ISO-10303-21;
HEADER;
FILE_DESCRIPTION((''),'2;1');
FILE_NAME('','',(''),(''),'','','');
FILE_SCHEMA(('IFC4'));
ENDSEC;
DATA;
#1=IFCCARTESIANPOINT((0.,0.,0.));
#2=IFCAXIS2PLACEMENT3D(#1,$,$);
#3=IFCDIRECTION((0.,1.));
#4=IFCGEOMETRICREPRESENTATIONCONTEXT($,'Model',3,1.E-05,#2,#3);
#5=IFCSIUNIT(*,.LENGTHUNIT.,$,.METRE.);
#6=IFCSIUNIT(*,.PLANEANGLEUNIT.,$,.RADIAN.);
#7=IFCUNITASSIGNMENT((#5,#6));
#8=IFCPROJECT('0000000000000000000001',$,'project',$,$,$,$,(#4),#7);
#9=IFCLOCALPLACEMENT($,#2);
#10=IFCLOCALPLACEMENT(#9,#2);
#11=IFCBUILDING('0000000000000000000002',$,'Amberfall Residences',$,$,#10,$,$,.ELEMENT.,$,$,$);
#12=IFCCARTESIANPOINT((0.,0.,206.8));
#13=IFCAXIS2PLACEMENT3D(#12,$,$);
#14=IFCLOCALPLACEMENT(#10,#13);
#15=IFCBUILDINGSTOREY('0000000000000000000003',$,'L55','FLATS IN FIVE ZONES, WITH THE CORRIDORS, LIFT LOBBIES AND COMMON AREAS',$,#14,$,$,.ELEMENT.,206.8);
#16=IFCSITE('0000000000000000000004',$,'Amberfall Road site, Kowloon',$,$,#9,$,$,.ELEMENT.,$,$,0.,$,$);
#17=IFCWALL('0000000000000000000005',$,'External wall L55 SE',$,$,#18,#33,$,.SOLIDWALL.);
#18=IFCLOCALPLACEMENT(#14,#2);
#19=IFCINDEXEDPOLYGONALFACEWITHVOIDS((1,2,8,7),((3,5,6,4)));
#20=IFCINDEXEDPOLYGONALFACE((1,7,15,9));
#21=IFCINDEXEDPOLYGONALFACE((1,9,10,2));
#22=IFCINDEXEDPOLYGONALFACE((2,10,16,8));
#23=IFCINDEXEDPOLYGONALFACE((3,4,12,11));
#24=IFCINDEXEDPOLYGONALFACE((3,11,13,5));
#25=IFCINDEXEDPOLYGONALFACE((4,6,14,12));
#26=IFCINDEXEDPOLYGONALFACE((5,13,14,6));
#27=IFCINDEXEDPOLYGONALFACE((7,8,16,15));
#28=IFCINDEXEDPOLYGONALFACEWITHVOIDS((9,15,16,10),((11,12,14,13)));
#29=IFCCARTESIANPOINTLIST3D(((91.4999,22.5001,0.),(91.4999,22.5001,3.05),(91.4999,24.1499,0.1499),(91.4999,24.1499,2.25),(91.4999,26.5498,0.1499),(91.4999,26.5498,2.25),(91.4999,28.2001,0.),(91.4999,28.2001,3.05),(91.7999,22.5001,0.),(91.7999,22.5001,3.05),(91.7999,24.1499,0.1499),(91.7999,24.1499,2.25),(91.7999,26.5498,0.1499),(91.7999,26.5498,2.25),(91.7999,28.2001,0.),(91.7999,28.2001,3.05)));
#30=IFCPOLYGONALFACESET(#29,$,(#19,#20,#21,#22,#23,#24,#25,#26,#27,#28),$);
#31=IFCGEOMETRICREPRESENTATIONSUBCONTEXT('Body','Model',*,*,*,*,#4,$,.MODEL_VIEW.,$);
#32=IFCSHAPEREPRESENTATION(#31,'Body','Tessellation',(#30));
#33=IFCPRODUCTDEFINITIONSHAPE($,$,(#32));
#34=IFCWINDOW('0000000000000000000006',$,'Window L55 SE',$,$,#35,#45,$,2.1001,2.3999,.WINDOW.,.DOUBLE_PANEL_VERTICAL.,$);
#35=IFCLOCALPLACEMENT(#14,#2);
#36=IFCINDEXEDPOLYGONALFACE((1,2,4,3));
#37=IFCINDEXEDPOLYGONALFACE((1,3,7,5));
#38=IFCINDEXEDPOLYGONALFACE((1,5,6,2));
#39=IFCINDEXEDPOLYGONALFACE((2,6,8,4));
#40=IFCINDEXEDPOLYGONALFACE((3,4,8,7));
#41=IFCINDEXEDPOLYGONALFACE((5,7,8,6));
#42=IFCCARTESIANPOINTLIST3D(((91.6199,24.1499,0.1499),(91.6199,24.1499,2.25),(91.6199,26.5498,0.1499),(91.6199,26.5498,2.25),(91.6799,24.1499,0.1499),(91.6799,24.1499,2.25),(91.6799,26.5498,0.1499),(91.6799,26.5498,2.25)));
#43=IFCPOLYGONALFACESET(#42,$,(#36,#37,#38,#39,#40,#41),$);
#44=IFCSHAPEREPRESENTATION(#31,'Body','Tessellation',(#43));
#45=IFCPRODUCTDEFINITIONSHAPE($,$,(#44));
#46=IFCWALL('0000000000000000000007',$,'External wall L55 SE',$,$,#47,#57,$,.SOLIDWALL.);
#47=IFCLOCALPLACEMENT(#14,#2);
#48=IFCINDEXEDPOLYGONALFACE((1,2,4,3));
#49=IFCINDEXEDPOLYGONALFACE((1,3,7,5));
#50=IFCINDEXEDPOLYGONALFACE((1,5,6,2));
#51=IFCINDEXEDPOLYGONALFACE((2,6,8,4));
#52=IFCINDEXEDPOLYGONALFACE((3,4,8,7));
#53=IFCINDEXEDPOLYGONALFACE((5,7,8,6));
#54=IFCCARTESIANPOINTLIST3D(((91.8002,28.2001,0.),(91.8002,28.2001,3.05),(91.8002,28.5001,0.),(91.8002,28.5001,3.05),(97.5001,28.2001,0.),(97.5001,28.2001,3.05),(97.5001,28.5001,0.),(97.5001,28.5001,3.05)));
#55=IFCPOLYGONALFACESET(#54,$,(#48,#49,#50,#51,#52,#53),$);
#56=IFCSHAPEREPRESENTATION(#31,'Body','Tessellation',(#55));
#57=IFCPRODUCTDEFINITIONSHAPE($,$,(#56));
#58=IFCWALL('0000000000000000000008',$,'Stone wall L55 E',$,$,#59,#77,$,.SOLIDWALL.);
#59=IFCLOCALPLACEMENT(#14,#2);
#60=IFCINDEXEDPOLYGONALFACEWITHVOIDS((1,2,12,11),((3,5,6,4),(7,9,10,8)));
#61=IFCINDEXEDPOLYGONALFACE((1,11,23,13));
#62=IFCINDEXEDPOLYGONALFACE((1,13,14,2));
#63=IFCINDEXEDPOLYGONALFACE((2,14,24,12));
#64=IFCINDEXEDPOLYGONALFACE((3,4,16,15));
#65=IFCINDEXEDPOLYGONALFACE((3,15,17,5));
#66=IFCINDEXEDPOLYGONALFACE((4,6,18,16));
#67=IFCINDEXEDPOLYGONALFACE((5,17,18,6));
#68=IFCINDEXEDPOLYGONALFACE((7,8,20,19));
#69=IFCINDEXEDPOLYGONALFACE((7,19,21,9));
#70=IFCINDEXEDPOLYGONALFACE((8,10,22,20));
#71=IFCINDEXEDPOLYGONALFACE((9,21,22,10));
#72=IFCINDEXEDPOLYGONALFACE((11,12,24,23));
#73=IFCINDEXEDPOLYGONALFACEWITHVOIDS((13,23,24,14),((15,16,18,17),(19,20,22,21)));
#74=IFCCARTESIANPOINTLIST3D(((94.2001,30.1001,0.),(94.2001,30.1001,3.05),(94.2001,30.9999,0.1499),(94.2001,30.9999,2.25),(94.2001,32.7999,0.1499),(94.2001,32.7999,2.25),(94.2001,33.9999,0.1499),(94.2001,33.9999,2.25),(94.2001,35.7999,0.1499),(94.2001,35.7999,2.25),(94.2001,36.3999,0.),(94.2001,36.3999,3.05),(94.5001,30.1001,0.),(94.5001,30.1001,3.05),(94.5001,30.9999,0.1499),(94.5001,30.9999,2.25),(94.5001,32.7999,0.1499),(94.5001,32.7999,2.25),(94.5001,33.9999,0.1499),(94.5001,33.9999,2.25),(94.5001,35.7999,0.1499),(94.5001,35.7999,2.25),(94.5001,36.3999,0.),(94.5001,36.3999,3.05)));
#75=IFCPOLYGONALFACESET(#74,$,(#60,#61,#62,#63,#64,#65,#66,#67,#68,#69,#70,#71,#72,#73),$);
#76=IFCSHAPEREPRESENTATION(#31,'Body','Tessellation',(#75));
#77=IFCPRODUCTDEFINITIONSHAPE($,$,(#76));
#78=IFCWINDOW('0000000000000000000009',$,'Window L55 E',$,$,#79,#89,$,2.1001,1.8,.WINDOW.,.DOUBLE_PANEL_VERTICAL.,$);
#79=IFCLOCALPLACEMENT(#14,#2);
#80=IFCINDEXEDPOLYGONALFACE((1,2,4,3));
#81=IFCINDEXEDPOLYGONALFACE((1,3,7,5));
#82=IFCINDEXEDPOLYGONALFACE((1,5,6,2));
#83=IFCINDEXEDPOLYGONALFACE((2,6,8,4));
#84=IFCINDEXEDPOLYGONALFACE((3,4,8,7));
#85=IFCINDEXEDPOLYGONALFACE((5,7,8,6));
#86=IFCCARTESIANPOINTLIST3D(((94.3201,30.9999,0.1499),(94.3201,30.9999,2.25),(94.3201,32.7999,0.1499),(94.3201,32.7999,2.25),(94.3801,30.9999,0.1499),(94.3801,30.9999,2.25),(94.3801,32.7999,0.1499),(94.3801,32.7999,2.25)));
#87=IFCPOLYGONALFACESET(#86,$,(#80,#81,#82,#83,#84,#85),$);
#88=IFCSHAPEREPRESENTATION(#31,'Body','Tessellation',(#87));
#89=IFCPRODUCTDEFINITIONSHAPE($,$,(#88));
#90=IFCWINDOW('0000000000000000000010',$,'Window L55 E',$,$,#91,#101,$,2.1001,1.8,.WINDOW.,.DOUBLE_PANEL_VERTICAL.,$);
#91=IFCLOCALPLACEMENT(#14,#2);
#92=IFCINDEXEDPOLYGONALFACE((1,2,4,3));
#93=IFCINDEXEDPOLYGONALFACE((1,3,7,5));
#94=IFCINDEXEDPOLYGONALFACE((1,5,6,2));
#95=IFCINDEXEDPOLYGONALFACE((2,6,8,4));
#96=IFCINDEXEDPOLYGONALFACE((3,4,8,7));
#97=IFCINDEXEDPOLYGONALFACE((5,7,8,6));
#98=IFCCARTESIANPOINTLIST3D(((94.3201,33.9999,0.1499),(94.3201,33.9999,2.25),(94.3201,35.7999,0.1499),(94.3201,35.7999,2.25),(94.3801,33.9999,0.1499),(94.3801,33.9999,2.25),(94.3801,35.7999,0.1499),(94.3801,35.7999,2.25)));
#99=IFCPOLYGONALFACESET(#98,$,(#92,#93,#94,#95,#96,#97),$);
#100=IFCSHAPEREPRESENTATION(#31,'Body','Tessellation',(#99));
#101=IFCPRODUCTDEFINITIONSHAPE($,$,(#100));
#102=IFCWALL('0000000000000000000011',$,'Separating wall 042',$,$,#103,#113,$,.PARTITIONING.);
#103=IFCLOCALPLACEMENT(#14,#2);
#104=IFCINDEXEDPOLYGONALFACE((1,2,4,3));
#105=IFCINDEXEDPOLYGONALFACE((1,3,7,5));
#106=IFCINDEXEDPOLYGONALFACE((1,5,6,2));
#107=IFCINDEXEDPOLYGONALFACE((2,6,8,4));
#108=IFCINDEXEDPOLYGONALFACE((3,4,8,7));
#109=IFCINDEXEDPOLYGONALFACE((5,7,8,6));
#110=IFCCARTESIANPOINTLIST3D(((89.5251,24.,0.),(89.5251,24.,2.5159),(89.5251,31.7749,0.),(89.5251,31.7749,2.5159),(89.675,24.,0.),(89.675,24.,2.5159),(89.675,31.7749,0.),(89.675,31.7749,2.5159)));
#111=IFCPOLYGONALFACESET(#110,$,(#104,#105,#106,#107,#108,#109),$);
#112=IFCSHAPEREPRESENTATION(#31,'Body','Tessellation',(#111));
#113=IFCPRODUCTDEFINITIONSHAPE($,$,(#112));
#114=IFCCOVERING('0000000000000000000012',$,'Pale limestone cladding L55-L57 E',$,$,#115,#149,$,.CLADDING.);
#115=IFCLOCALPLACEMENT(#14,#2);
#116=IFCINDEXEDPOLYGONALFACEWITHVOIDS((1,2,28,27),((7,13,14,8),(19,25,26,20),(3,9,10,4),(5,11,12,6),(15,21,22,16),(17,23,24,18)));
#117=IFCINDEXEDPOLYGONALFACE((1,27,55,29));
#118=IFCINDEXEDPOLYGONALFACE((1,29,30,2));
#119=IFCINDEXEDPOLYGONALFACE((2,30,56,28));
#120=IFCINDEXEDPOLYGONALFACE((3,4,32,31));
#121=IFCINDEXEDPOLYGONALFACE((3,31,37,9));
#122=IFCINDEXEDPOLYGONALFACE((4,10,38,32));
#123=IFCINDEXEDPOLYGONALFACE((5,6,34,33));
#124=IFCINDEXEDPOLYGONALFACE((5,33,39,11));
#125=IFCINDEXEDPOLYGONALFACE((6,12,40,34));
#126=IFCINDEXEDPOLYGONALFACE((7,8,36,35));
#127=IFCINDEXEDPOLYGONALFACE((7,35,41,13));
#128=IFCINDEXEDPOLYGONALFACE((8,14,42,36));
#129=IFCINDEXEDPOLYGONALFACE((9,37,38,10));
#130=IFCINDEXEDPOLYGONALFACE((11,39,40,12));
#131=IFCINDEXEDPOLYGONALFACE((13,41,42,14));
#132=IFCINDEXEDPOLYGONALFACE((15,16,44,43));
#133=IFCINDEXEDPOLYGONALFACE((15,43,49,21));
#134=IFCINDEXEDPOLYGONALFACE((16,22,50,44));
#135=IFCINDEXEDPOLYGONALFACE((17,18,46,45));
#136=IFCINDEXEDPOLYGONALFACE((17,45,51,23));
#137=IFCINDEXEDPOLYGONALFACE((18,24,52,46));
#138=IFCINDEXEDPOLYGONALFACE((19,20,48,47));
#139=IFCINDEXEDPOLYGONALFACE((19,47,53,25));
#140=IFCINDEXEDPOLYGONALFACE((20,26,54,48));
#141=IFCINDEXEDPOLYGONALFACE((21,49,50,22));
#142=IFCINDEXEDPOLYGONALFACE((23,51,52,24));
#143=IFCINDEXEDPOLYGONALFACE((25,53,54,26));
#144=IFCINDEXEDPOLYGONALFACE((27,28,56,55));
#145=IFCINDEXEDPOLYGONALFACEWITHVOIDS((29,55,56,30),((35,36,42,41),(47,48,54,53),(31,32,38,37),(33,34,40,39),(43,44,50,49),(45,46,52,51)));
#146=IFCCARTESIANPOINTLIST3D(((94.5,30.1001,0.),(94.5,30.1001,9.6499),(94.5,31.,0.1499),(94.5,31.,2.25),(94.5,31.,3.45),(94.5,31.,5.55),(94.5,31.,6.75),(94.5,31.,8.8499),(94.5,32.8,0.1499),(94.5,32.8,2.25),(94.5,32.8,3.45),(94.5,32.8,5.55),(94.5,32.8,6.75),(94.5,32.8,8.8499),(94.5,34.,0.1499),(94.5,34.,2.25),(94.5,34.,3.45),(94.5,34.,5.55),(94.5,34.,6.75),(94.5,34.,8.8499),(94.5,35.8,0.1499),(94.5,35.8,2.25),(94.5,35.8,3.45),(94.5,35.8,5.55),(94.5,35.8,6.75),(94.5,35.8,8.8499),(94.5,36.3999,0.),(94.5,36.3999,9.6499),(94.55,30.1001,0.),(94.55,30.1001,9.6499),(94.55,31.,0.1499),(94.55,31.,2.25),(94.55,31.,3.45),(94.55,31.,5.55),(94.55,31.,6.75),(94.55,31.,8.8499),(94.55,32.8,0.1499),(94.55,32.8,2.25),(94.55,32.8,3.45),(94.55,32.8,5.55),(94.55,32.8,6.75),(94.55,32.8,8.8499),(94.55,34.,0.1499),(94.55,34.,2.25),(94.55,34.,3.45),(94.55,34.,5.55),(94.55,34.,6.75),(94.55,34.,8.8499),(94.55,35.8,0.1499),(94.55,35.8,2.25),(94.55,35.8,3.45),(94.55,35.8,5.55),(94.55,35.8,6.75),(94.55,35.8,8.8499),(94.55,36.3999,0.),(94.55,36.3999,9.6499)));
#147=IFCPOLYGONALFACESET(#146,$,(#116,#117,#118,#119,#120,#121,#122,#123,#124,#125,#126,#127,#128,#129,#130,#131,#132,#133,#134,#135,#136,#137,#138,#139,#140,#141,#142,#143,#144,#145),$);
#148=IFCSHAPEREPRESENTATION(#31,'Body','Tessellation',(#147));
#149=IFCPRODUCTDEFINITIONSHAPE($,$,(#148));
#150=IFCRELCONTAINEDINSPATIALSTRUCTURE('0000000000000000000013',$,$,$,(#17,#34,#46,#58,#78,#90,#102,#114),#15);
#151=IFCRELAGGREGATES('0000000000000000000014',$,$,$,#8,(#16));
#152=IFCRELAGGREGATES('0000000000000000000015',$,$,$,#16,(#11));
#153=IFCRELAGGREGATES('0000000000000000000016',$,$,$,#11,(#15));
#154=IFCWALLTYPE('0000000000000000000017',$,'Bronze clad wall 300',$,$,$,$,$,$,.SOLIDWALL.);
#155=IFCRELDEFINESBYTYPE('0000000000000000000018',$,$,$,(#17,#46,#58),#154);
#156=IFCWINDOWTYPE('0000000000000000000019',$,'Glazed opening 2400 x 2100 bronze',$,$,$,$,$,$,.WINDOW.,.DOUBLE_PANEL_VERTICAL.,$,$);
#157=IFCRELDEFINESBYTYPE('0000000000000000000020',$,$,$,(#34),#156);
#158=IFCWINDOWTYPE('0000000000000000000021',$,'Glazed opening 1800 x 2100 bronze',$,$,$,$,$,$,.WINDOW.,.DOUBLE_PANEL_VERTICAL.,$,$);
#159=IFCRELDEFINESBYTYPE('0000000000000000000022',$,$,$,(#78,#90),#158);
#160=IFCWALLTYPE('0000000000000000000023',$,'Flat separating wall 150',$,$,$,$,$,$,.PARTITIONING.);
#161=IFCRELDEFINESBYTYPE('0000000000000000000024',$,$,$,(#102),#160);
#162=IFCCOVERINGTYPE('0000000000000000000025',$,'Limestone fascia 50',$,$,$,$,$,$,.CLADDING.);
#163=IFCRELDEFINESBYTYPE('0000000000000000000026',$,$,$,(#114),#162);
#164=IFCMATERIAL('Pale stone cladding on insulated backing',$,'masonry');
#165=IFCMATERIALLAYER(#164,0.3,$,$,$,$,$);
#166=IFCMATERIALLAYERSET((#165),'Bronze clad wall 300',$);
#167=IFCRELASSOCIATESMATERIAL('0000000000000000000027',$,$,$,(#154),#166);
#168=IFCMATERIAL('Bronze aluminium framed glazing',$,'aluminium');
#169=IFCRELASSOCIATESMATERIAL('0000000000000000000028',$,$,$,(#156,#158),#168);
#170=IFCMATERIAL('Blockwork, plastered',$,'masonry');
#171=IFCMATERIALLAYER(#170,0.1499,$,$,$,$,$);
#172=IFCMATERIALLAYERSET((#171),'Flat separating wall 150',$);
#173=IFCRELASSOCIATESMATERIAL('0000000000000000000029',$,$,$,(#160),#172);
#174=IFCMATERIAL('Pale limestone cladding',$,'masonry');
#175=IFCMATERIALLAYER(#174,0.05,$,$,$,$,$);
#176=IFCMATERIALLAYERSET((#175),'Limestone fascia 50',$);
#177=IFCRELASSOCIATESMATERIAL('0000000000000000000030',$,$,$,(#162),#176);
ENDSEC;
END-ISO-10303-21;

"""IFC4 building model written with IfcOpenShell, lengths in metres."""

from ifc_helpers import new_model, si_unit, direction, frame, frame_2d, origin, place, context, subcontext, project, spatial, polyline, rectangle, outline, extrude, material, layer, layer_set, type_object, element, fill, save


model = new_model("IFC4")

# Units and contexts
model_context = context("Model", 3, precision=1e-05, world=origin(), true_north=direction((0.0, 1.0)))
body_context = subcontext(model_context, "Body", "Model", "MODEL_VIEW")
ifc_project = project(units=[si_unit("LENGTHUNIT", "METRE"), si_unit("PLANEANGLEUNIT", "RADIAN")], contexts=[model_context])

# Site, building, storey
site_placement = place(None, origin())
site = spatial("IfcSite", under=ifc_project, at=site_placement, Name="Amberfall Road site, Kowloon", CompositionType="ELEMENT", RefElevation=0.0)
building_placement = place(site_placement, origin())
building = spatial("IfcBuilding", under=site, at=building_placement, Name="Amberfall Residences", CompositionType="ELEMENT")
storey_placement = place(building_placement, frame((0.0, 0.0, 206.8)))
storey = spatial("IfcBuildingStorey", under=building, at=storey_placement, Name="L55", Description="FLATS IN FIVE ZONES, WITH THE CORRIDORS, LIFT LOBBIES AND COMMON AREAS", CompositionType="ELEMENT", Elevation=206.8)

# Shared definitions
ifc_material_1 = material(Name="Pale stone cladding on insulated backing", Category="masonry")
ifc_layer_1 = layer(ifc_material_1, 0.3)
ifc_layer_set_1 = layer_set([ifc_layer_1], Name="Bronze clad wall 300")
wall_type_1 = type_object("IfcWallType", Name="Bronze clad wall 300", PredefinedType="SOLIDWALL", material=ifc_layer_set_1)

# Wall, opening, window
wall_1_placement = place(storey_placement, frame((91.6499, 22.5, 0.0), z_axis=(0.0, 0.0, 1.0), x_axis=(0.0, 1.0, 0.0)))
wall_1 = element("IfcWall", 1, at=wall_1_placement, inside=storey, type_object=wall_type_1, Name="External wall L55 SE", PredefinedType="SOLIDWALL", context=body_context, shape_type="SweptSolid", body=[
    extrude(rectangle(XDim=5.7, YDim=0.3, at=frame_2d((2.8501, 0.0))), origin(), (0.0, 0.0, 1.0), 3.05),
])
opening_1_placement = place(wall_1_placement, frame((1.6499, 0.0, 0.1499)))
opening_1 = element("IfcOpeningElement", 2, at=opening_1_placement, cuts=wall_1, PredefinedType="OPENING", context=body_context, shape_type="SweptSolid", body=[
    extrude(rectangle(XDim=2.3999, YDim=2.1001, at=frame_2d((1.2, 1.05))), frame((0.0, 0.1599, 0.0), z_axis=(0.0, -1.0, 0.0), x_axis=(1.0, 0.0, 0.0)), (0.0, 0.0, 1.0), 0.3201),
])
ifc_material_2 = material(Name="Bronze aluminium framed glazing", Category="aluminium")
window_type_1 = type_object("IfcWindowType", Name="Glazed opening 2400 x 2100 bronze", PartitioningType="DOUBLE_PANEL_VERTICAL", PredefinedType="WINDOW", material=ifc_material_2)
window_1_placement = place(opening_1_placement, origin())
window_1 = element("IfcWindow", 3, at=window_1_placement, inside=storey, type_object=window_type_1, Name="Window L55 SE", OverallHeight=2.1001, OverallWidth=2.3999, PartitioningType="DOUBLE_PANEL_VERTICAL", PredefinedType="WINDOW", context=body_context, shape_type="SweptSolid", body=[
    extrude(rectangle(XDim=2.3999, YDim=2.1001, at=frame_2d((1.2, 1.05))), frame((0.0, 0.03, 0.0), z_axis=(0.0, -1.0, 0.0), x_axis=(1.0, 0.0, 0.0)), (0.0, 0.0, 1.0), 0.0601),
])
fill(opening_1, window_1)

# Wall
wall_2_placement = place(storey_placement, frame((91.8, 28.3501, 0.0), z_axis=(0.0, 0.0, 1.0), x_axis=(1.0, 0.0, 0.0)))
element("IfcWall", 4, at=wall_2_placement, inside=storey, type_object=wall_type_1, Name="External wall L55 SE", PredefinedType="SOLIDWALL", context=body_context, shape_type="SweptSolid", body=[
    extrude(rectangle(XDim=5.7, YDim=0.3, at=frame_2d((2.8501, 0.0))), origin(), (0.0, 0.0, 1.0), 3.05),
])

# Wall, openings, windows
wall_3_placement = place(storey_placement, frame((94.3501, 30.1001, 0.0), z_axis=(0.0, 0.0, 1.0), x_axis=(0.0, 1.0, 0.0)))
wall_3 = element("IfcWall", 5, at=wall_3_placement, inside=storey, type_object=wall_type_1, Name="Stone wall L55 E", PredefinedType="SOLIDWALL", context=body_context, shape_type="SweptSolid", body=[
    extrude(rectangle(XDim=6.2998, YDim=0.3, at=frame_2d((3.1499, 0.0))), origin(), (0.0, 0.0, 1.0), 3.05),
])
opening_2_placement = place(wall_3_placement, frame((0.8999, 0.0, 0.1499)))
opening_2 = element("IfcOpeningElement", 6, at=opening_2_placement, cuts=wall_3, PredefinedType="OPENING", context=body_context, shape_type="SweptSolid", body=[
    extrude(rectangle(XDim=1.8, YDim=2.1001, at=frame_2d((0.8999, 1.05))), frame((0.0, 0.1599, 0.0), z_axis=(0.0, -1.0, 0.0), x_axis=(1.0, 0.0, 0.0)), (0.0, 0.0, 1.0), 0.3201),
])
opening_3_placement = place(wall_3_placement, frame((3.8999, 0.0, 0.1499)))
opening_3 = element("IfcOpeningElement", 7, at=opening_3_placement, cuts=wall_3, PredefinedType="OPENING", context=body_context, shape_type="SweptSolid", body=[
    extrude(rectangle(XDim=1.8, YDim=2.1001, at=frame_2d((0.8999, 1.05))), frame((0.0, 0.1599, 0.0), z_axis=(0.0, -1.0, 0.0), x_axis=(1.0, 0.0, 0.0)), (0.0, 0.0, 1.0), 0.3201),
])
window_type_2 = type_object("IfcWindowType", Name="Glazed opening 1800 x 2100 bronze", PartitioningType="DOUBLE_PANEL_VERTICAL", PredefinedType="WINDOW", material=ifc_material_2)
window_2_placement = place(opening_2_placement, origin())
window_2 = element("IfcWindow", 8, at=window_2_placement, inside=storey, type_object=window_type_2, Name="Window L55 E", OverallHeight=2.1001, OverallWidth=1.8, PartitioningType="DOUBLE_PANEL_VERTICAL", PredefinedType="WINDOW", context=body_context, shape_type="SweptSolid", body=[
    extrude(rectangle(XDim=1.8, YDim=2.1001, at=frame_2d((0.8999, 1.05))), frame((0.0, 0.03, 0.0), z_axis=(0.0, -1.0, 0.0), x_axis=(1.0, 0.0, 0.0)), (0.0, 0.0, 1.0), 0.0601),
])
fill(opening_2, window_2)
window_3_placement = place(opening_3_placement, origin())
window_3 = element("IfcWindow", 9, at=window_3_placement, inside=storey, type_object=window_type_2, Name="Window L55 E", OverallHeight=2.1001, OverallWidth=1.8, PartitioningType="DOUBLE_PANEL_VERTICAL", PredefinedType="WINDOW", context=body_context, shape_type="SweptSolid", body=[
    extrude(rectangle(XDim=1.8, YDim=2.1001, at=frame_2d((0.8999, 1.05))), frame((0.0, 0.03, 0.0), z_axis=(0.0, -1.0, 0.0), x_axis=(1.0, 0.0, 0.0)), (0.0, 0.0, 1.0), 0.0601),
])
fill(opening_3, window_3)

# Wall
ifc_material_3 = material(Name="Blockwork, plastered", Category="masonry")
ifc_layer_2 = layer(ifc_material_3, 0.1499)
ifc_layer_set_2 = layer_set([ifc_layer_2], Name="Flat separating wall 150")
wall_type_2 = type_object("IfcWallType", Name="Flat separating wall 150", PredefinedType="PARTITIONING", material=ifc_layer_set_2)
wall_4_placement = place(storey_placement, frame((89.6001, 24.0, 0.0), z_axis=(0.0, 0.0, 1.0), x_axis=(0.0, 1.0, 0.0)))
element("IfcWall", 10, at=wall_4_placement, inside=storey, type_object=wall_type_2, Name="Separating wall 042", PredefinedType="PARTITIONING", context=body_context, shape_type="SweptSolid", body=[
    extrude(rectangle(XDim=7.7749, YDim=0.1499, at=frame_2d((3.8875, 0.0))), origin(), (0.0, 0.0, 1.0), 2.5159),
])

# Covering
ifc_material_4 = material(Name="Pale limestone cladding", Category="masonry")
ifc_layer_3 = layer(ifc_material_4, 0.05)
ifc_layer_set_3 = layer_set([ifc_layer_3], Name="Limestone fascia 50")
covering_type = type_object("IfcCoveringType", Name="Limestone fascia 50", PredefinedType="CLADDING", material=ifc_layer_set_3)
covering_placement = place(storey_placement, frame((94.5, 30.1001, 9.6499), z_axis=(-1.0, 0.0, 0.0), x_axis=(0.0, 1.0, 0.0)))
element("IfcCovering", 11, at=covering_placement, inside=storey, type_object=covering_type, Name="Pale limestone cladding L55-L57 E", PredefinedType="CLADDING", context=body_context, shape_type="SweptSolid", body=[
    extrude(outline(polyline([(0.0, 0.0), (6.2998, 0.0), (6.2998, 9.6499), (0.0, 9.6499), (0.0, 0.0)]), holes=[polyline([(0.8999, 7.3999), (2.7, 7.3999), (2.7, 9.5), (0.8999, 9.5), (0.8999, 7.3999)]), polyline([(3.8999, 7.3999), (5.7, 7.3999), (5.7, 9.5), (3.8999, 9.5), (3.8999, 7.3999)]), polyline([(0.8999, 4.0999), (2.7, 4.0999), (2.7, 6.2), (0.8999, 6.2), (0.8999, 4.0999)]), polyline([(3.8999, 4.0999), (5.7, 4.0999), (5.7, 6.2), (3.8999, 6.2), (3.8999, 4.0999)]), polyline([(0.8999, 0.8), (2.7, 0.8), (2.7, 2.8999), (0.8999, 2.8999), (0.8999, 0.8)]), polyline([(3.8999, 0.8), (5.7, 0.8), (5.7, 2.8999), (3.8999, 2.8999), (3.8999, 0.8)])]), origin(), (0.0, 0.0, -1.0), 0.05),
])

save(model, "model.ifc")
